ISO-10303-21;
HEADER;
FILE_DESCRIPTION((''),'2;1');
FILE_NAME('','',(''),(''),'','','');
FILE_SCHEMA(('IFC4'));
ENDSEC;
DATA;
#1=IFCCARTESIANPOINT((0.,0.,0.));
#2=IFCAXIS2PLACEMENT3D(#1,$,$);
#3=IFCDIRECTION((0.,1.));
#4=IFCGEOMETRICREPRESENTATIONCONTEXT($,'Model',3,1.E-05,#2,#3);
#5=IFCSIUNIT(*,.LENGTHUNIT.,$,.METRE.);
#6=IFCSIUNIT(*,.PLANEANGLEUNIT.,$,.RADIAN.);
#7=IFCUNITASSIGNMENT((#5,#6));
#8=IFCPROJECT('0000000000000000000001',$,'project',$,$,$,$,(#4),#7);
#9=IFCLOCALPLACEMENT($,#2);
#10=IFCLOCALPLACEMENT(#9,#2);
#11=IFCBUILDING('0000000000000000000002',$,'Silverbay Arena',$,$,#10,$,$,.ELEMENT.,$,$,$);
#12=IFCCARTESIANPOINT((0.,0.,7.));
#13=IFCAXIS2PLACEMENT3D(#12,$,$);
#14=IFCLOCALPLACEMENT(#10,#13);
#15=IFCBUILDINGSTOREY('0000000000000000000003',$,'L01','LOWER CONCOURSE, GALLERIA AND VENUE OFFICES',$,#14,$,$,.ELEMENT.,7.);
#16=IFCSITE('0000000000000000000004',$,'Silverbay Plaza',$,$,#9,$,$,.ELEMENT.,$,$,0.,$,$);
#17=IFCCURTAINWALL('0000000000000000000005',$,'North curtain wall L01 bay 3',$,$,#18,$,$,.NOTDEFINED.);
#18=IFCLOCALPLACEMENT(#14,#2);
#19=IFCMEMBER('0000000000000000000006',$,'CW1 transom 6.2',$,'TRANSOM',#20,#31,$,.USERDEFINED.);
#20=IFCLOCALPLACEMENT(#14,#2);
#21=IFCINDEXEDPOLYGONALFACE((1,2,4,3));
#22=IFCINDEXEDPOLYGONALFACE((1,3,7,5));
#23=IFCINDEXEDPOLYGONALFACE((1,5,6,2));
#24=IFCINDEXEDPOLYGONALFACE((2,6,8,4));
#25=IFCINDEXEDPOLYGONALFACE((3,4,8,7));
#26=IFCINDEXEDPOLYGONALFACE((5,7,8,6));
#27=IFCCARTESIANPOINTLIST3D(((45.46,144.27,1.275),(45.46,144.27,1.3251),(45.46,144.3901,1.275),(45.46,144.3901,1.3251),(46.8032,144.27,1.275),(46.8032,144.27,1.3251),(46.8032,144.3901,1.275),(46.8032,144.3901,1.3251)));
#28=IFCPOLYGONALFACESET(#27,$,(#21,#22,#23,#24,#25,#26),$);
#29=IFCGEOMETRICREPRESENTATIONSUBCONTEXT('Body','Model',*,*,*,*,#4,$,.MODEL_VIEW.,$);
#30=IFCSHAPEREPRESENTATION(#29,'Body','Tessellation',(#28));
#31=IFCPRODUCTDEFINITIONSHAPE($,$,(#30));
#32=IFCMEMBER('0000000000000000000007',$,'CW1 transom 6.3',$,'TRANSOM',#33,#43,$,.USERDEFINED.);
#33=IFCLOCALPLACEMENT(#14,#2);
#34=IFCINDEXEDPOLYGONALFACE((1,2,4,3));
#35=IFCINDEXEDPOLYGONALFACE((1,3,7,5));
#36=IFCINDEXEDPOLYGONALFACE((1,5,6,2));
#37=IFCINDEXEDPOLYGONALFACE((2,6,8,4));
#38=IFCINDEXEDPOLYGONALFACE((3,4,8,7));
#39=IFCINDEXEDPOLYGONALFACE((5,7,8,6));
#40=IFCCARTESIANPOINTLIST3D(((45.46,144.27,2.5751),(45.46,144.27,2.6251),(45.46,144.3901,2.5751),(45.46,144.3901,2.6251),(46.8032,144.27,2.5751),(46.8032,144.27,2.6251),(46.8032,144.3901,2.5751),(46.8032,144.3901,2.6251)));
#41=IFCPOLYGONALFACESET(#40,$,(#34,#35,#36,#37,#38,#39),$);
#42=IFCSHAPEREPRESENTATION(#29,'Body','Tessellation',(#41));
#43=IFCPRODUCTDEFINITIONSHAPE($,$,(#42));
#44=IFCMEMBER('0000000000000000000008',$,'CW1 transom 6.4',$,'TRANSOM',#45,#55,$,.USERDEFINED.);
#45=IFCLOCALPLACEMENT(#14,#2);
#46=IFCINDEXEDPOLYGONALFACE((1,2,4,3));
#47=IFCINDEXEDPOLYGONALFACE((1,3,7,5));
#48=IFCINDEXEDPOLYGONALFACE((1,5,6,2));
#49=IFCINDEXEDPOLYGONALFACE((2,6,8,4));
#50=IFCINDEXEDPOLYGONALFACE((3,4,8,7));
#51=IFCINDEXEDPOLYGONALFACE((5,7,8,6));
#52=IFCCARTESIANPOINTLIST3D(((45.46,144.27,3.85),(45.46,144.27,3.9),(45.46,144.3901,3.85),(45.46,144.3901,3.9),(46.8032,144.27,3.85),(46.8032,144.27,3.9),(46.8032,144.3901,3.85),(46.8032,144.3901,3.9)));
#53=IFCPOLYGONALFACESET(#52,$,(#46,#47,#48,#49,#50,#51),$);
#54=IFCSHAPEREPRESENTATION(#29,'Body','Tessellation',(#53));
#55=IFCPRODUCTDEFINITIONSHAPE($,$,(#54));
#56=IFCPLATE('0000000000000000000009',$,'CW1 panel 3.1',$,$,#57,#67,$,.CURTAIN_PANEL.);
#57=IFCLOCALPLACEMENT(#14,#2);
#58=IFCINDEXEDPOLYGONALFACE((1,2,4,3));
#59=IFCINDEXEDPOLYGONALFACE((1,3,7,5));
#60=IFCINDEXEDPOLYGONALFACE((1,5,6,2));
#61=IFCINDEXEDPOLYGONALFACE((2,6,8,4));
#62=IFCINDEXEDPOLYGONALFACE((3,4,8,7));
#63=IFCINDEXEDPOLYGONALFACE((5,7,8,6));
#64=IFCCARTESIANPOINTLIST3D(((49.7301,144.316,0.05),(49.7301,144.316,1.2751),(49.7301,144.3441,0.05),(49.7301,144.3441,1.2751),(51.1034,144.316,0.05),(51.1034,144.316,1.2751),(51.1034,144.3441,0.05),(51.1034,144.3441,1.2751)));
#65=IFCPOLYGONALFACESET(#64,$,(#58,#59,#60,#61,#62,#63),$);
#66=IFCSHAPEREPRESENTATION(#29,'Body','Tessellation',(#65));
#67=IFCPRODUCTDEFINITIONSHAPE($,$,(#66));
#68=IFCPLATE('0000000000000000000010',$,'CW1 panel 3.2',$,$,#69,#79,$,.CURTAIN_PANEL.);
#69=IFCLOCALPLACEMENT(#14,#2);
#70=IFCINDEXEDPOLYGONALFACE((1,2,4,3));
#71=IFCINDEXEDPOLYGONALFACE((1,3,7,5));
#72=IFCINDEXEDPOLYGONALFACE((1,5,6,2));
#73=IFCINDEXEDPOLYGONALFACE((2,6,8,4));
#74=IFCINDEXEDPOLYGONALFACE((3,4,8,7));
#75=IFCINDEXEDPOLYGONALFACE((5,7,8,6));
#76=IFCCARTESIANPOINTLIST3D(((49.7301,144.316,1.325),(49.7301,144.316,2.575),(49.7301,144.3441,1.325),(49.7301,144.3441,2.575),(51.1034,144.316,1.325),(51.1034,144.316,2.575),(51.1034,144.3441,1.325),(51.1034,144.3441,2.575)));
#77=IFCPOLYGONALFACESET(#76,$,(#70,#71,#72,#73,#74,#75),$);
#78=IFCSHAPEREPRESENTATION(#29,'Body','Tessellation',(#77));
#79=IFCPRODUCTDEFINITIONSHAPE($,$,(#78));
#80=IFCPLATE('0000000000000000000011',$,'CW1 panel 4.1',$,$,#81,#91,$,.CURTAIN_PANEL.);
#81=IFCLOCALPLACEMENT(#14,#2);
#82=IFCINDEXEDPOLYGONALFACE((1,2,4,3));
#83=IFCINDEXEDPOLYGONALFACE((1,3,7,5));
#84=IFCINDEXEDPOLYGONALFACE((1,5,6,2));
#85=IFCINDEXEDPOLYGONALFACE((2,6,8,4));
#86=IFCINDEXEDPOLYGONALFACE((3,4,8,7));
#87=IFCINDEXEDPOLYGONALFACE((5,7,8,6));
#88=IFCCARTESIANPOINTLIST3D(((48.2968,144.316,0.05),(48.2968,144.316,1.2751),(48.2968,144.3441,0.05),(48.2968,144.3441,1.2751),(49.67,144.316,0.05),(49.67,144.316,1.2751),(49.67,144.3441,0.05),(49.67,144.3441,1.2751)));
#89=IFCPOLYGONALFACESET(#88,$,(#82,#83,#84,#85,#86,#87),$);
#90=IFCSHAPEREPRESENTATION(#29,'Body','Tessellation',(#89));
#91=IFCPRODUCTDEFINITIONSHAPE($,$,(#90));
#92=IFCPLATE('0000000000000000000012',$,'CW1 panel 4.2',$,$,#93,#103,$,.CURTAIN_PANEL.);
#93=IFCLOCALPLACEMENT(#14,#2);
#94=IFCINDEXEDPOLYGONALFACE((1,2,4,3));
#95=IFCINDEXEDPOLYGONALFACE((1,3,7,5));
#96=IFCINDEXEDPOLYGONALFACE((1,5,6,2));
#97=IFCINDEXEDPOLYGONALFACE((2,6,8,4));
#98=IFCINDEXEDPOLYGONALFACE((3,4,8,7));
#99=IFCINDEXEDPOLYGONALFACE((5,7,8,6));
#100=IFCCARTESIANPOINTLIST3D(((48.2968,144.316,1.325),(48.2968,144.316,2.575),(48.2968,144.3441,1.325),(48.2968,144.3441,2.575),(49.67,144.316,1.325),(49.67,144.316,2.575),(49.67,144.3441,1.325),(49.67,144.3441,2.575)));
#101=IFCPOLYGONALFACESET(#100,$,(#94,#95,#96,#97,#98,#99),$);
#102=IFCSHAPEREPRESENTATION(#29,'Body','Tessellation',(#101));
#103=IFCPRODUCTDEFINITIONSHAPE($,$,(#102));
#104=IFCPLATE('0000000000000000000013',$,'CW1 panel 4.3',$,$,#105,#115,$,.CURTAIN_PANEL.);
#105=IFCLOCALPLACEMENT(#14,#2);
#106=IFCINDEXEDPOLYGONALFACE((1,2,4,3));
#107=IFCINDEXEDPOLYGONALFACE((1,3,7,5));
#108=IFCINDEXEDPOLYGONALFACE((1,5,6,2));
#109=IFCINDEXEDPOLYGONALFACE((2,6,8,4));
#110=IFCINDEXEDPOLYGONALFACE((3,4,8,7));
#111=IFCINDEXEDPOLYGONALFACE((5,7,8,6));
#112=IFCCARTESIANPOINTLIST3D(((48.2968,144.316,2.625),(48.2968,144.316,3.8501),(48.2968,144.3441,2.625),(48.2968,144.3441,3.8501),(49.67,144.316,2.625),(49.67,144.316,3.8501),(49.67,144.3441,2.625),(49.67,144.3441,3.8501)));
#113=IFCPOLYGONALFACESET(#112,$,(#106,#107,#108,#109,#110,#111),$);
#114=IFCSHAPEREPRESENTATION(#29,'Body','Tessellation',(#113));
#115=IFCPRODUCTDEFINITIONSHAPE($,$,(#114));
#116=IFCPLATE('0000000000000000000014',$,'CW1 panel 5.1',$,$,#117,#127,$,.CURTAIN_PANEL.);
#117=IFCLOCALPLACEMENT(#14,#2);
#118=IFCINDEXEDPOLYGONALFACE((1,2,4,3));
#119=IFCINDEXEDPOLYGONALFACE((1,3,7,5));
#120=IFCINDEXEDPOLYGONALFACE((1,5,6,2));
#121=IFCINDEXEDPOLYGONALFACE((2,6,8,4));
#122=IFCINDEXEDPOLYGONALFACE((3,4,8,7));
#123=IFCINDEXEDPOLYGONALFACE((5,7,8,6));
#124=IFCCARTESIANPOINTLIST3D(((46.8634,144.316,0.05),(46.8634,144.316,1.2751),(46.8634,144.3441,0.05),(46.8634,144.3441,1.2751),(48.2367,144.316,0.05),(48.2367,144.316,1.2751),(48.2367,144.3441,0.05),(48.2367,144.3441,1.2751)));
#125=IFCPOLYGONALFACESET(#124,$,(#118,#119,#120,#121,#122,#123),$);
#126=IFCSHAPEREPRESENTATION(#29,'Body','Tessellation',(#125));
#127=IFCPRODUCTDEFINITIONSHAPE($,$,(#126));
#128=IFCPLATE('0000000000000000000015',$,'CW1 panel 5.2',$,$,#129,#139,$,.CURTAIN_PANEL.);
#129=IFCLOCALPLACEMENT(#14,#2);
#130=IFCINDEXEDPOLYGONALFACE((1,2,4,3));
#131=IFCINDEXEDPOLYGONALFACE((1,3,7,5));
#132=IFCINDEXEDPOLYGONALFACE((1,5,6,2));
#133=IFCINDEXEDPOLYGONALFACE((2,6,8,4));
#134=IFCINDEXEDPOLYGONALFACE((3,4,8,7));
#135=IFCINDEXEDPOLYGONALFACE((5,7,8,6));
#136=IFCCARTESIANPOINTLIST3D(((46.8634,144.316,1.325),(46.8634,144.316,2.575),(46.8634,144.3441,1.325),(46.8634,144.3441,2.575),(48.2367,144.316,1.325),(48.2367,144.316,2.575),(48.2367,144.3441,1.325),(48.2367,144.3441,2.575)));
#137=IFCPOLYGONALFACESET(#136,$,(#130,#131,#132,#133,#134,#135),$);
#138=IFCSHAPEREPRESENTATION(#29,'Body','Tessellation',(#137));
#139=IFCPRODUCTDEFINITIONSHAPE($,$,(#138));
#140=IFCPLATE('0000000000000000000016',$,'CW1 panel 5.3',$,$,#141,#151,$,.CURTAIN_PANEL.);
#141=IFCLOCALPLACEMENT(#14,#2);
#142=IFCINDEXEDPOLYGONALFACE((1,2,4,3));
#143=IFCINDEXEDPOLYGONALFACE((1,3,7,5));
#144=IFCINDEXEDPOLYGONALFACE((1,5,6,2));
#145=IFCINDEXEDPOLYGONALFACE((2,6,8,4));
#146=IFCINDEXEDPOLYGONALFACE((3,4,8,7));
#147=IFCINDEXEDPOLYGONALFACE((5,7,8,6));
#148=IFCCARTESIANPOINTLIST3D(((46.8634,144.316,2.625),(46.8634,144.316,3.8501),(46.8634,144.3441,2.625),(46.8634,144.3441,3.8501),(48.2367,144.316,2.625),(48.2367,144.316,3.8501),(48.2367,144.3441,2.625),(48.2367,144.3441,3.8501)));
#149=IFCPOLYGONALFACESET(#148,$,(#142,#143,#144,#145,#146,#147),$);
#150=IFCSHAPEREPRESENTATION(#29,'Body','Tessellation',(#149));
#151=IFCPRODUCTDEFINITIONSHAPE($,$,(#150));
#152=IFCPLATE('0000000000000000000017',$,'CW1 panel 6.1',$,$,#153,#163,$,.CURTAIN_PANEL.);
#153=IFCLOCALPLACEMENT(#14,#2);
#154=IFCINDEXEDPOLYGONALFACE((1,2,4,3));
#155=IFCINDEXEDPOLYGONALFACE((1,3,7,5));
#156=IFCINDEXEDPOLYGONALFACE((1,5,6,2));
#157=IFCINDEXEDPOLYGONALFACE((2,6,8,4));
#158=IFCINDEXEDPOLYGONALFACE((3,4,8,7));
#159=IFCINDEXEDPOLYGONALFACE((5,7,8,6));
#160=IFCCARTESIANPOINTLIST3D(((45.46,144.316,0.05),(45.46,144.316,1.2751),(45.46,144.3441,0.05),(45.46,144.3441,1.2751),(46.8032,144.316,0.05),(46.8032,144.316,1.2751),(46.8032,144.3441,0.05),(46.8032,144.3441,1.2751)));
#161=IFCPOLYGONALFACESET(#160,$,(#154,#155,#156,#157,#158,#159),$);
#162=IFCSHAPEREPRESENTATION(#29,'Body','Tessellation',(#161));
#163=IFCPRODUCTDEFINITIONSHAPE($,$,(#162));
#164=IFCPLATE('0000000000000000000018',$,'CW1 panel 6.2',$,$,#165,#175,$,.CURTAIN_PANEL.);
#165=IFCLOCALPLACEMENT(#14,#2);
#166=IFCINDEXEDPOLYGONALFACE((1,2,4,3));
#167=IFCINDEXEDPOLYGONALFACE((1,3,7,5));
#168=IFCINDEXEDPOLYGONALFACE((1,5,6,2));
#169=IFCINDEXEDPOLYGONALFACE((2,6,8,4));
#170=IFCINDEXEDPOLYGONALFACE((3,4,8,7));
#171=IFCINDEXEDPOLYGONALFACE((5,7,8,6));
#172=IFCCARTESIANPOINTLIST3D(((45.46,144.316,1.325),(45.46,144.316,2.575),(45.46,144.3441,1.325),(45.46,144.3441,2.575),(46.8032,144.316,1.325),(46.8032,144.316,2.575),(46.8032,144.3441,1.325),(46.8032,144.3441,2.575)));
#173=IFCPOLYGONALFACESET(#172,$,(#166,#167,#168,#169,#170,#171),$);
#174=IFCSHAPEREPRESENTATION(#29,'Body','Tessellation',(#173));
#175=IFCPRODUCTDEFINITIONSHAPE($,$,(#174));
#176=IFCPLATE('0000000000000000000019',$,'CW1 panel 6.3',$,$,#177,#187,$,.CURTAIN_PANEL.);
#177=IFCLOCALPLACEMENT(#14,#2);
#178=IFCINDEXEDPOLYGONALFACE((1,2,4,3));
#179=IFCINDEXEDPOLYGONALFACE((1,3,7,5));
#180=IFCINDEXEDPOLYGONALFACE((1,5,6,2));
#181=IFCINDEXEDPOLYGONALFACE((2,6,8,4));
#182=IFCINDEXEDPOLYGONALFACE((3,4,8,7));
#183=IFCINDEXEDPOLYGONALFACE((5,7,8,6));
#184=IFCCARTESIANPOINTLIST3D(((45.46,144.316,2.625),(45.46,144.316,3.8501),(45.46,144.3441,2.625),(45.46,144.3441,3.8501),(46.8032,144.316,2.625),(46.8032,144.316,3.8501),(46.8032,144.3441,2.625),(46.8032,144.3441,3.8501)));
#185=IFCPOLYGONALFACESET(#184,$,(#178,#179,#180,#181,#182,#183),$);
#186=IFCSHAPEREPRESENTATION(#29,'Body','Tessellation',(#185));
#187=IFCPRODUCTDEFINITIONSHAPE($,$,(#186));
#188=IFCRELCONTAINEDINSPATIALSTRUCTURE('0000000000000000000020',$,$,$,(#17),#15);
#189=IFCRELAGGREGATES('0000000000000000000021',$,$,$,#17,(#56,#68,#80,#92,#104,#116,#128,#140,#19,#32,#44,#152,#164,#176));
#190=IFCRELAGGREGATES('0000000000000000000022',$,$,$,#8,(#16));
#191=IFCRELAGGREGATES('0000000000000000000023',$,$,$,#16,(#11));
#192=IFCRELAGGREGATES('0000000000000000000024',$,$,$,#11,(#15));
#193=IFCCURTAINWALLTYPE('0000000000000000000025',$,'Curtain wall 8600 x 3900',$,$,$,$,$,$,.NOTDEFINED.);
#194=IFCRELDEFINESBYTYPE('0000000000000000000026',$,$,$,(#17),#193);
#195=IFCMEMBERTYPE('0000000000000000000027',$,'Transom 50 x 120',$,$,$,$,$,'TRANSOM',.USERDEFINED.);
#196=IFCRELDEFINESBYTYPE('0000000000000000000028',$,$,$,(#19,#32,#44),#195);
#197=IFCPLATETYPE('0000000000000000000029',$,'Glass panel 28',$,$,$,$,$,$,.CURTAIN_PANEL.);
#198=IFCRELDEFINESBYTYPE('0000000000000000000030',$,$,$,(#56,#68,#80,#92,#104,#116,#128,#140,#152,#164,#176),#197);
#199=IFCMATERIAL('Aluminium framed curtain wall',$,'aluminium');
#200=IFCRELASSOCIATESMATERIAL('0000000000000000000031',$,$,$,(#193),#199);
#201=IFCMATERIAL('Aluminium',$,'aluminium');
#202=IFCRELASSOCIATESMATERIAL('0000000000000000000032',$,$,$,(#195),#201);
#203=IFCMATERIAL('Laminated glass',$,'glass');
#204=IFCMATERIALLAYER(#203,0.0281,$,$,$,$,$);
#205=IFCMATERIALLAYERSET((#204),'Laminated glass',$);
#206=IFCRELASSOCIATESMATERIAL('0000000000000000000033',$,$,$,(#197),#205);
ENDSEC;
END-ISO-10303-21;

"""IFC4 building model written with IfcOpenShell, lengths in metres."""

from ifc_helpers import new_model, si_unit, direction, frame, origin, origin_2d, place, context, subcontext, project, spatial, rectangle, extrude, material, layer, layer_set, material_profile, profile_set, type_object, element, aggregate, save


model = new_model("IFC4")

# Units and contexts
model_context = context("Model", 3, precision=1e-05, world=origin(), true_north=direction((0.0, 1.0)))
body_context = subcontext(model_context, "Body", "Model", "MODEL_VIEW")
ifc_project = project(units=[si_unit("LENGTHUNIT", "METRE"), si_unit("PLANEANGLEUNIT", "RADIAN")], contexts=[model_context])

# Site, building, storey
site_placement = place(None, origin())
site = spatial("IfcSite", under=ifc_project, at=site_placement, Name="Silverbay Plaza", CompositionType="ELEMENT", RefElevation=0.0)
building_placement = place(site_placement, origin())
building = spatial("IfcBuilding", under=site, at=building_placement, Name="Silverbay Arena", CompositionType="ELEMENT")
storey_placement = place(building_placement, frame((0.0, 0.0, 7.0)))
storey = spatial("IfcBuildingStorey", under=building, at=storey_placement, Name="L01", Description="LOWER CONCOURSE, GALLERIA AND VENUE OFFICES", CompositionType="ELEMENT", Elevation=7.0)

# Shared definitions
ifc_material_1 = material(Name="Aluminium framed curtain wall", Category="aluminium")
curtain_wall_type = type_object("IfcCurtainWallType", Name="Curtain wall 8600 x 3900", PredefinedType="NOTDEFINED", material=ifc_material_1)

# Curtain wall
curtain_wall_1_placement = place(storey_placement, origin())
curtain_wall_1 = element("IfcCurtainWall", 1, at=curtain_wall_1_placement, inside=storey, type_object=curtain_wall_type, Name="North curtain wall L01 bay 3", PredefinedType="NOTDEFINED")

# Members
ifc_material_2 = material(Name="Aluminium", Category="aluminium")
ifc_material_profile_1 = material_profile(ifc_material_2, rectangle(XDim=0.1201, YDim=0.05, at=origin_2d()), Name="Transom 50 x 120")
ifc_profile_set_1 = profile_set([ifc_material_profile_1], Name="Aluminium")
member_type_1 = type_object("IfcMemberType", Name="Transom 50 x 120", ElementType="TRANSOM", PredefinedType="USERDEFINED", material=ifc_profile_set_1)
member_1_placement = place(storey_placement, frame((46.8032, 144.3301, 1.3), z_axis=(-1.0, 0.0, 0.0), x_axis=(0.0, -1.0, 0.0)))
member_1 = element("IfcMember", 2, at=member_1_placement, type_object=member_type_1, Name="CW1 transom 6.2", ObjectType="TRANSOM", PredefinedType="USERDEFINED", context=body_context, shape_type="SweptSolid", body=[
    extrude(rectangle(XDim=0.1201, YDim=0.05, at=origin_2d()), origin(), (0.0, 0.0, 1.0), 1.3433),
])
member_2_placement = place(storey_placement, frame((46.8032, 144.3301, 2.6001), z_axis=(-1.0, 0.0, 0.0), x_axis=(0.0, -1.0, 0.0)))
member_2 = element("IfcMember", 3, at=member_2_placement, type_object=member_type_1, Name="CW1 transom 6.3", ObjectType="TRANSOM", PredefinedType="USERDEFINED", context=body_context, shape_type="SweptSolid", body=[
    extrude(rectangle(XDim=0.1201, YDim=0.05, at=origin_2d()), origin(), (0.0, 0.0, 1.0), 1.3433),
])
member_3_placement = place(storey_placement, frame((46.8032, 144.3301, 3.875), z_axis=(-1.0, 0.0, 0.0), x_axis=(0.0, -1.0, 0.0)))
member_3 = element("IfcMember", 4, at=member_3_placement, type_object=member_type_1, Name="CW1 transom 6.4", ObjectType="TRANSOM", PredefinedType="USERDEFINED", context=body_context, shape_type="SweptSolid", body=[
    extrude(rectangle(XDim=0.1201, YDim=0.05, at=origin_2d()), origin(), (0.0, 0.0, 1.0), 1.3433),
])

# Plates
ifc_material_3 = material(Name="Laminated glass", Category="glass")
ifc_layer = layer(ifc_material_3, 0.0281)
ifc_layer_set = layer_set([ifc_layer], Name="Laminated glass")
plate_type = type_object("IfcPlateType", Name="Glass panel 28", PredefinedType="CURTAIN_PANEL", material=ifc_layer_set)
plate_1_placement = place(storey_placement, frame((50.4167, 144.3301, 0.05), z_axis=(0.0, 0.0, 1.0), x_axis=(-1.0, 0.0, 0.0)))
plate_1 = element("IfcPlate", 5, at=plate_1_placement, type_object=plate_type, Name="CW1 panel 3.1", PredefinedType="CURTAIN_PANEL", context=body_context, shape_type="SweptSolid", body=[
    extrude(rectangle(XDim=1.3733, YDim=0.0281, at=origin_2d()), origin(), (0.0, 0.0, 1.0), 1.2251),
])
plate_2_placement = place(storey_placement, frame((50.4167, 144.3301, 1.325), z_axis=(0.0, 0.0, 1.0), x_axis=(-1.0, 0.0, 0.0)))
plate_2 = element("IfcPlate", 6, at=plate_2_placement, type_object=plate_type, Name="CW1 panel 3.2", PredefinedType="CURTAIN_PANEL", context=body_context, shape_type="SweptSolid", body=[
    extrude(rectangle(XDim=1.3733, YDim=0.0281, at=origin_2d()), origin(), (0.0, 0.0, 1.0), 1.25),
])
plate_3_placement = place(storey_placement, frame((48.9834, 144.3301, 0.05), z_axis=(0.0, 0.0, 1.0), x_axis=(-1.0, 0.0, 0.0)))
plate_3 = element("IfcPlate", 7, at=plate_3_placement, type_object=plate_type, Name="CW1 panel 4.1", PredefinedType="CURTAIN_PANEL", context=body_context, shape_type="SweptSolid", body=[
    extrude(rectangle(XDim=1.3733, YDim=0.0281, at=origin_2d()), origin(), (0.0, 0.0, 1.0), 1.2251),
])
plate_4_placement = place(storey_placement, frame((48.9834, 144.3301, 1.325), z_axis=(0.0, 0.0, 1.0), x_axis=(-1.0, 0.0, 0.0)))
plate_4 = element("IfcPlate", 8, at=plate_4_placement, type_object=plate_type, Name="CW1 panel 4.2", PredefinedType="CURTAIN_PANEL", context=body_context, shape_type="SweptSolid", body=[
    extrude(rectangle(XDim=1.3733, YDim=0.0281, at=origin_2d()), origin(), (0.0, 0.0, 1.0), 1.25),
])
plate_5_placement = place(storey_placement, frame((48.9834, 144.3301, 2.625), z_axis=(0.0, 0.0, 1.0), x_axis=(-1.0, 0.0, 0.0)))
plate_5 = element("IfcPlate", 9, at=plate_5_placement, type_object=plate_type, Name="CW1 panel 4.3", PredefinedType="CURTAIN_PANEL", context=body_context, shape_type="SweptSolid", body=[
    extrude(rectangle(XDim=1.3733, YDim=0.0281, at=origin_2d()), origin(), (0.0, 0.0, 1.0), 1.2251),
])
plate_6_placement = place(storey_placement, frame((47.55, 144.3301, 0.05), z_axis=(0.0, 0.0, 1.0), x_axis=(-1.0, 0.0, 0.0)))
plate_6 = element("IfcPlate", 10, at=plate_6_placement, type_object=plate_type, Name="CW1 panel 5.1", PredefinedType="CURTAIN_PANEL", context=body_context, shape_type="SweptSolid", body=[
    extrude(rectangle(XDim=1.3733, YDim=0.0281, at=origin_2d()), origin(), (0.0, 0.0, 1.0), 1.2251),
])
plate_7_placement = place(storey_placement, frame((47.55, 144.3301, 1.325), z_axis=(0.0, 0.0, 1.0), x_axis=(-1.0, 0.0, 0.0)))
plate_7 = element("IfcPlate", 11, at=plate_7_placement, type_object=plate_type, Name="CW1 panel 5.2", PredefinedType="CURTAIN_PANEL", context=body_context, shape_type="SweptSolid", body=[
    extrude(rectangle(XDim=1.3733, YDim=0.0281, at=origin_2d()), origin(), (0.0, 0.0, 1.0), 1.25),
])
plate_8_placement = place(storey_placement, frame((47.55, 144.3301, 2.625), z_axis=(0.0, 0.0, 1.0), x_axis=(-1.0, 0.0, 0.0)))
plate_8 = element("IfcPlate", 12, at=plate_8_placement, type_object=plate_type, Name="CW1 panel 5.3", PredefinedType="CURTAIN_PANEL", context=body_context, shape_type="SweptSolid", body=[
    extrude(rectangle(XDim=1.3733, YDim=0.0281, at=origin_2d()), origin(), (0.0, 0.0, 1.0), 1.2251),
])
plate_9_placement = place(storey_placement, frame((46.1316, 144.3301, 0.05), z_axis=(0.0, 0.0, 1.0), x_axis=(-1.0, 0.0, 0.0)))
plate_9 = element("IfcPlate", 13, at=plate_9_placement, type_object=plate_type, Name="CW1 panel 6.1", PredefinedType="CURTAIN_PANEL", context=body_context, shape_type="SweptSolid", body=[
    extrude(rectangle(XDim=1.3433, YDim=0.0281, at=origin_2d()), origin(), (0.0, 0.0, 1.0), 1.2251),
])
plate_10_placement = place(storey_placement, frame((46.1316, 144.3301, 1.325), z_axis=(0.0, 0.0, 1.0), x_axis=(-1.0, 0.0, 0.0)))
plate_10 = element("IfcPlate", 14, at=plate_10_placement, type_object=plate_type, Name="CW1 panel 6.2", PredefinedType="CURTAIN_PANEL", context=body_context, shape_type="SweptSolid", body=[
    extrude(rectangle(XDim=1.3433, YDim=0.0281, at=origin_2d()), origin(), (0.0, 0.0, 1.0), 1.25),
])
plate_11_placement = place(storey_placement, frame((46.1316, 144.3301, 2.625), z_axis=(0.0, 0.0, 1.0), x_axis=(-1.0, 0.0, 0.0)))
plate_11 = element("IfcPlate", 15, at=plate_11_placement, type_object=plate_type, Name="CW1 panel 6.3", PredefinedType="CURTAIN_PANEL", context=body_context, shape_type="SweptSolid", body=[
    extrude(rectangle(XDim=1.3433, YDim=0.0281, at=origin_2d()), origin(), (0.0, 0.0, 1.0), 1.2251),
])
aggregate(curtain_wall_1, [plate_1, plate_2, plate_3, plate_4, plate_5, plate_6, plate_7, plate_8, member_1, member_2, member_3, plate_9, plate_10, plate_11])

save(model, "model.ifc")
